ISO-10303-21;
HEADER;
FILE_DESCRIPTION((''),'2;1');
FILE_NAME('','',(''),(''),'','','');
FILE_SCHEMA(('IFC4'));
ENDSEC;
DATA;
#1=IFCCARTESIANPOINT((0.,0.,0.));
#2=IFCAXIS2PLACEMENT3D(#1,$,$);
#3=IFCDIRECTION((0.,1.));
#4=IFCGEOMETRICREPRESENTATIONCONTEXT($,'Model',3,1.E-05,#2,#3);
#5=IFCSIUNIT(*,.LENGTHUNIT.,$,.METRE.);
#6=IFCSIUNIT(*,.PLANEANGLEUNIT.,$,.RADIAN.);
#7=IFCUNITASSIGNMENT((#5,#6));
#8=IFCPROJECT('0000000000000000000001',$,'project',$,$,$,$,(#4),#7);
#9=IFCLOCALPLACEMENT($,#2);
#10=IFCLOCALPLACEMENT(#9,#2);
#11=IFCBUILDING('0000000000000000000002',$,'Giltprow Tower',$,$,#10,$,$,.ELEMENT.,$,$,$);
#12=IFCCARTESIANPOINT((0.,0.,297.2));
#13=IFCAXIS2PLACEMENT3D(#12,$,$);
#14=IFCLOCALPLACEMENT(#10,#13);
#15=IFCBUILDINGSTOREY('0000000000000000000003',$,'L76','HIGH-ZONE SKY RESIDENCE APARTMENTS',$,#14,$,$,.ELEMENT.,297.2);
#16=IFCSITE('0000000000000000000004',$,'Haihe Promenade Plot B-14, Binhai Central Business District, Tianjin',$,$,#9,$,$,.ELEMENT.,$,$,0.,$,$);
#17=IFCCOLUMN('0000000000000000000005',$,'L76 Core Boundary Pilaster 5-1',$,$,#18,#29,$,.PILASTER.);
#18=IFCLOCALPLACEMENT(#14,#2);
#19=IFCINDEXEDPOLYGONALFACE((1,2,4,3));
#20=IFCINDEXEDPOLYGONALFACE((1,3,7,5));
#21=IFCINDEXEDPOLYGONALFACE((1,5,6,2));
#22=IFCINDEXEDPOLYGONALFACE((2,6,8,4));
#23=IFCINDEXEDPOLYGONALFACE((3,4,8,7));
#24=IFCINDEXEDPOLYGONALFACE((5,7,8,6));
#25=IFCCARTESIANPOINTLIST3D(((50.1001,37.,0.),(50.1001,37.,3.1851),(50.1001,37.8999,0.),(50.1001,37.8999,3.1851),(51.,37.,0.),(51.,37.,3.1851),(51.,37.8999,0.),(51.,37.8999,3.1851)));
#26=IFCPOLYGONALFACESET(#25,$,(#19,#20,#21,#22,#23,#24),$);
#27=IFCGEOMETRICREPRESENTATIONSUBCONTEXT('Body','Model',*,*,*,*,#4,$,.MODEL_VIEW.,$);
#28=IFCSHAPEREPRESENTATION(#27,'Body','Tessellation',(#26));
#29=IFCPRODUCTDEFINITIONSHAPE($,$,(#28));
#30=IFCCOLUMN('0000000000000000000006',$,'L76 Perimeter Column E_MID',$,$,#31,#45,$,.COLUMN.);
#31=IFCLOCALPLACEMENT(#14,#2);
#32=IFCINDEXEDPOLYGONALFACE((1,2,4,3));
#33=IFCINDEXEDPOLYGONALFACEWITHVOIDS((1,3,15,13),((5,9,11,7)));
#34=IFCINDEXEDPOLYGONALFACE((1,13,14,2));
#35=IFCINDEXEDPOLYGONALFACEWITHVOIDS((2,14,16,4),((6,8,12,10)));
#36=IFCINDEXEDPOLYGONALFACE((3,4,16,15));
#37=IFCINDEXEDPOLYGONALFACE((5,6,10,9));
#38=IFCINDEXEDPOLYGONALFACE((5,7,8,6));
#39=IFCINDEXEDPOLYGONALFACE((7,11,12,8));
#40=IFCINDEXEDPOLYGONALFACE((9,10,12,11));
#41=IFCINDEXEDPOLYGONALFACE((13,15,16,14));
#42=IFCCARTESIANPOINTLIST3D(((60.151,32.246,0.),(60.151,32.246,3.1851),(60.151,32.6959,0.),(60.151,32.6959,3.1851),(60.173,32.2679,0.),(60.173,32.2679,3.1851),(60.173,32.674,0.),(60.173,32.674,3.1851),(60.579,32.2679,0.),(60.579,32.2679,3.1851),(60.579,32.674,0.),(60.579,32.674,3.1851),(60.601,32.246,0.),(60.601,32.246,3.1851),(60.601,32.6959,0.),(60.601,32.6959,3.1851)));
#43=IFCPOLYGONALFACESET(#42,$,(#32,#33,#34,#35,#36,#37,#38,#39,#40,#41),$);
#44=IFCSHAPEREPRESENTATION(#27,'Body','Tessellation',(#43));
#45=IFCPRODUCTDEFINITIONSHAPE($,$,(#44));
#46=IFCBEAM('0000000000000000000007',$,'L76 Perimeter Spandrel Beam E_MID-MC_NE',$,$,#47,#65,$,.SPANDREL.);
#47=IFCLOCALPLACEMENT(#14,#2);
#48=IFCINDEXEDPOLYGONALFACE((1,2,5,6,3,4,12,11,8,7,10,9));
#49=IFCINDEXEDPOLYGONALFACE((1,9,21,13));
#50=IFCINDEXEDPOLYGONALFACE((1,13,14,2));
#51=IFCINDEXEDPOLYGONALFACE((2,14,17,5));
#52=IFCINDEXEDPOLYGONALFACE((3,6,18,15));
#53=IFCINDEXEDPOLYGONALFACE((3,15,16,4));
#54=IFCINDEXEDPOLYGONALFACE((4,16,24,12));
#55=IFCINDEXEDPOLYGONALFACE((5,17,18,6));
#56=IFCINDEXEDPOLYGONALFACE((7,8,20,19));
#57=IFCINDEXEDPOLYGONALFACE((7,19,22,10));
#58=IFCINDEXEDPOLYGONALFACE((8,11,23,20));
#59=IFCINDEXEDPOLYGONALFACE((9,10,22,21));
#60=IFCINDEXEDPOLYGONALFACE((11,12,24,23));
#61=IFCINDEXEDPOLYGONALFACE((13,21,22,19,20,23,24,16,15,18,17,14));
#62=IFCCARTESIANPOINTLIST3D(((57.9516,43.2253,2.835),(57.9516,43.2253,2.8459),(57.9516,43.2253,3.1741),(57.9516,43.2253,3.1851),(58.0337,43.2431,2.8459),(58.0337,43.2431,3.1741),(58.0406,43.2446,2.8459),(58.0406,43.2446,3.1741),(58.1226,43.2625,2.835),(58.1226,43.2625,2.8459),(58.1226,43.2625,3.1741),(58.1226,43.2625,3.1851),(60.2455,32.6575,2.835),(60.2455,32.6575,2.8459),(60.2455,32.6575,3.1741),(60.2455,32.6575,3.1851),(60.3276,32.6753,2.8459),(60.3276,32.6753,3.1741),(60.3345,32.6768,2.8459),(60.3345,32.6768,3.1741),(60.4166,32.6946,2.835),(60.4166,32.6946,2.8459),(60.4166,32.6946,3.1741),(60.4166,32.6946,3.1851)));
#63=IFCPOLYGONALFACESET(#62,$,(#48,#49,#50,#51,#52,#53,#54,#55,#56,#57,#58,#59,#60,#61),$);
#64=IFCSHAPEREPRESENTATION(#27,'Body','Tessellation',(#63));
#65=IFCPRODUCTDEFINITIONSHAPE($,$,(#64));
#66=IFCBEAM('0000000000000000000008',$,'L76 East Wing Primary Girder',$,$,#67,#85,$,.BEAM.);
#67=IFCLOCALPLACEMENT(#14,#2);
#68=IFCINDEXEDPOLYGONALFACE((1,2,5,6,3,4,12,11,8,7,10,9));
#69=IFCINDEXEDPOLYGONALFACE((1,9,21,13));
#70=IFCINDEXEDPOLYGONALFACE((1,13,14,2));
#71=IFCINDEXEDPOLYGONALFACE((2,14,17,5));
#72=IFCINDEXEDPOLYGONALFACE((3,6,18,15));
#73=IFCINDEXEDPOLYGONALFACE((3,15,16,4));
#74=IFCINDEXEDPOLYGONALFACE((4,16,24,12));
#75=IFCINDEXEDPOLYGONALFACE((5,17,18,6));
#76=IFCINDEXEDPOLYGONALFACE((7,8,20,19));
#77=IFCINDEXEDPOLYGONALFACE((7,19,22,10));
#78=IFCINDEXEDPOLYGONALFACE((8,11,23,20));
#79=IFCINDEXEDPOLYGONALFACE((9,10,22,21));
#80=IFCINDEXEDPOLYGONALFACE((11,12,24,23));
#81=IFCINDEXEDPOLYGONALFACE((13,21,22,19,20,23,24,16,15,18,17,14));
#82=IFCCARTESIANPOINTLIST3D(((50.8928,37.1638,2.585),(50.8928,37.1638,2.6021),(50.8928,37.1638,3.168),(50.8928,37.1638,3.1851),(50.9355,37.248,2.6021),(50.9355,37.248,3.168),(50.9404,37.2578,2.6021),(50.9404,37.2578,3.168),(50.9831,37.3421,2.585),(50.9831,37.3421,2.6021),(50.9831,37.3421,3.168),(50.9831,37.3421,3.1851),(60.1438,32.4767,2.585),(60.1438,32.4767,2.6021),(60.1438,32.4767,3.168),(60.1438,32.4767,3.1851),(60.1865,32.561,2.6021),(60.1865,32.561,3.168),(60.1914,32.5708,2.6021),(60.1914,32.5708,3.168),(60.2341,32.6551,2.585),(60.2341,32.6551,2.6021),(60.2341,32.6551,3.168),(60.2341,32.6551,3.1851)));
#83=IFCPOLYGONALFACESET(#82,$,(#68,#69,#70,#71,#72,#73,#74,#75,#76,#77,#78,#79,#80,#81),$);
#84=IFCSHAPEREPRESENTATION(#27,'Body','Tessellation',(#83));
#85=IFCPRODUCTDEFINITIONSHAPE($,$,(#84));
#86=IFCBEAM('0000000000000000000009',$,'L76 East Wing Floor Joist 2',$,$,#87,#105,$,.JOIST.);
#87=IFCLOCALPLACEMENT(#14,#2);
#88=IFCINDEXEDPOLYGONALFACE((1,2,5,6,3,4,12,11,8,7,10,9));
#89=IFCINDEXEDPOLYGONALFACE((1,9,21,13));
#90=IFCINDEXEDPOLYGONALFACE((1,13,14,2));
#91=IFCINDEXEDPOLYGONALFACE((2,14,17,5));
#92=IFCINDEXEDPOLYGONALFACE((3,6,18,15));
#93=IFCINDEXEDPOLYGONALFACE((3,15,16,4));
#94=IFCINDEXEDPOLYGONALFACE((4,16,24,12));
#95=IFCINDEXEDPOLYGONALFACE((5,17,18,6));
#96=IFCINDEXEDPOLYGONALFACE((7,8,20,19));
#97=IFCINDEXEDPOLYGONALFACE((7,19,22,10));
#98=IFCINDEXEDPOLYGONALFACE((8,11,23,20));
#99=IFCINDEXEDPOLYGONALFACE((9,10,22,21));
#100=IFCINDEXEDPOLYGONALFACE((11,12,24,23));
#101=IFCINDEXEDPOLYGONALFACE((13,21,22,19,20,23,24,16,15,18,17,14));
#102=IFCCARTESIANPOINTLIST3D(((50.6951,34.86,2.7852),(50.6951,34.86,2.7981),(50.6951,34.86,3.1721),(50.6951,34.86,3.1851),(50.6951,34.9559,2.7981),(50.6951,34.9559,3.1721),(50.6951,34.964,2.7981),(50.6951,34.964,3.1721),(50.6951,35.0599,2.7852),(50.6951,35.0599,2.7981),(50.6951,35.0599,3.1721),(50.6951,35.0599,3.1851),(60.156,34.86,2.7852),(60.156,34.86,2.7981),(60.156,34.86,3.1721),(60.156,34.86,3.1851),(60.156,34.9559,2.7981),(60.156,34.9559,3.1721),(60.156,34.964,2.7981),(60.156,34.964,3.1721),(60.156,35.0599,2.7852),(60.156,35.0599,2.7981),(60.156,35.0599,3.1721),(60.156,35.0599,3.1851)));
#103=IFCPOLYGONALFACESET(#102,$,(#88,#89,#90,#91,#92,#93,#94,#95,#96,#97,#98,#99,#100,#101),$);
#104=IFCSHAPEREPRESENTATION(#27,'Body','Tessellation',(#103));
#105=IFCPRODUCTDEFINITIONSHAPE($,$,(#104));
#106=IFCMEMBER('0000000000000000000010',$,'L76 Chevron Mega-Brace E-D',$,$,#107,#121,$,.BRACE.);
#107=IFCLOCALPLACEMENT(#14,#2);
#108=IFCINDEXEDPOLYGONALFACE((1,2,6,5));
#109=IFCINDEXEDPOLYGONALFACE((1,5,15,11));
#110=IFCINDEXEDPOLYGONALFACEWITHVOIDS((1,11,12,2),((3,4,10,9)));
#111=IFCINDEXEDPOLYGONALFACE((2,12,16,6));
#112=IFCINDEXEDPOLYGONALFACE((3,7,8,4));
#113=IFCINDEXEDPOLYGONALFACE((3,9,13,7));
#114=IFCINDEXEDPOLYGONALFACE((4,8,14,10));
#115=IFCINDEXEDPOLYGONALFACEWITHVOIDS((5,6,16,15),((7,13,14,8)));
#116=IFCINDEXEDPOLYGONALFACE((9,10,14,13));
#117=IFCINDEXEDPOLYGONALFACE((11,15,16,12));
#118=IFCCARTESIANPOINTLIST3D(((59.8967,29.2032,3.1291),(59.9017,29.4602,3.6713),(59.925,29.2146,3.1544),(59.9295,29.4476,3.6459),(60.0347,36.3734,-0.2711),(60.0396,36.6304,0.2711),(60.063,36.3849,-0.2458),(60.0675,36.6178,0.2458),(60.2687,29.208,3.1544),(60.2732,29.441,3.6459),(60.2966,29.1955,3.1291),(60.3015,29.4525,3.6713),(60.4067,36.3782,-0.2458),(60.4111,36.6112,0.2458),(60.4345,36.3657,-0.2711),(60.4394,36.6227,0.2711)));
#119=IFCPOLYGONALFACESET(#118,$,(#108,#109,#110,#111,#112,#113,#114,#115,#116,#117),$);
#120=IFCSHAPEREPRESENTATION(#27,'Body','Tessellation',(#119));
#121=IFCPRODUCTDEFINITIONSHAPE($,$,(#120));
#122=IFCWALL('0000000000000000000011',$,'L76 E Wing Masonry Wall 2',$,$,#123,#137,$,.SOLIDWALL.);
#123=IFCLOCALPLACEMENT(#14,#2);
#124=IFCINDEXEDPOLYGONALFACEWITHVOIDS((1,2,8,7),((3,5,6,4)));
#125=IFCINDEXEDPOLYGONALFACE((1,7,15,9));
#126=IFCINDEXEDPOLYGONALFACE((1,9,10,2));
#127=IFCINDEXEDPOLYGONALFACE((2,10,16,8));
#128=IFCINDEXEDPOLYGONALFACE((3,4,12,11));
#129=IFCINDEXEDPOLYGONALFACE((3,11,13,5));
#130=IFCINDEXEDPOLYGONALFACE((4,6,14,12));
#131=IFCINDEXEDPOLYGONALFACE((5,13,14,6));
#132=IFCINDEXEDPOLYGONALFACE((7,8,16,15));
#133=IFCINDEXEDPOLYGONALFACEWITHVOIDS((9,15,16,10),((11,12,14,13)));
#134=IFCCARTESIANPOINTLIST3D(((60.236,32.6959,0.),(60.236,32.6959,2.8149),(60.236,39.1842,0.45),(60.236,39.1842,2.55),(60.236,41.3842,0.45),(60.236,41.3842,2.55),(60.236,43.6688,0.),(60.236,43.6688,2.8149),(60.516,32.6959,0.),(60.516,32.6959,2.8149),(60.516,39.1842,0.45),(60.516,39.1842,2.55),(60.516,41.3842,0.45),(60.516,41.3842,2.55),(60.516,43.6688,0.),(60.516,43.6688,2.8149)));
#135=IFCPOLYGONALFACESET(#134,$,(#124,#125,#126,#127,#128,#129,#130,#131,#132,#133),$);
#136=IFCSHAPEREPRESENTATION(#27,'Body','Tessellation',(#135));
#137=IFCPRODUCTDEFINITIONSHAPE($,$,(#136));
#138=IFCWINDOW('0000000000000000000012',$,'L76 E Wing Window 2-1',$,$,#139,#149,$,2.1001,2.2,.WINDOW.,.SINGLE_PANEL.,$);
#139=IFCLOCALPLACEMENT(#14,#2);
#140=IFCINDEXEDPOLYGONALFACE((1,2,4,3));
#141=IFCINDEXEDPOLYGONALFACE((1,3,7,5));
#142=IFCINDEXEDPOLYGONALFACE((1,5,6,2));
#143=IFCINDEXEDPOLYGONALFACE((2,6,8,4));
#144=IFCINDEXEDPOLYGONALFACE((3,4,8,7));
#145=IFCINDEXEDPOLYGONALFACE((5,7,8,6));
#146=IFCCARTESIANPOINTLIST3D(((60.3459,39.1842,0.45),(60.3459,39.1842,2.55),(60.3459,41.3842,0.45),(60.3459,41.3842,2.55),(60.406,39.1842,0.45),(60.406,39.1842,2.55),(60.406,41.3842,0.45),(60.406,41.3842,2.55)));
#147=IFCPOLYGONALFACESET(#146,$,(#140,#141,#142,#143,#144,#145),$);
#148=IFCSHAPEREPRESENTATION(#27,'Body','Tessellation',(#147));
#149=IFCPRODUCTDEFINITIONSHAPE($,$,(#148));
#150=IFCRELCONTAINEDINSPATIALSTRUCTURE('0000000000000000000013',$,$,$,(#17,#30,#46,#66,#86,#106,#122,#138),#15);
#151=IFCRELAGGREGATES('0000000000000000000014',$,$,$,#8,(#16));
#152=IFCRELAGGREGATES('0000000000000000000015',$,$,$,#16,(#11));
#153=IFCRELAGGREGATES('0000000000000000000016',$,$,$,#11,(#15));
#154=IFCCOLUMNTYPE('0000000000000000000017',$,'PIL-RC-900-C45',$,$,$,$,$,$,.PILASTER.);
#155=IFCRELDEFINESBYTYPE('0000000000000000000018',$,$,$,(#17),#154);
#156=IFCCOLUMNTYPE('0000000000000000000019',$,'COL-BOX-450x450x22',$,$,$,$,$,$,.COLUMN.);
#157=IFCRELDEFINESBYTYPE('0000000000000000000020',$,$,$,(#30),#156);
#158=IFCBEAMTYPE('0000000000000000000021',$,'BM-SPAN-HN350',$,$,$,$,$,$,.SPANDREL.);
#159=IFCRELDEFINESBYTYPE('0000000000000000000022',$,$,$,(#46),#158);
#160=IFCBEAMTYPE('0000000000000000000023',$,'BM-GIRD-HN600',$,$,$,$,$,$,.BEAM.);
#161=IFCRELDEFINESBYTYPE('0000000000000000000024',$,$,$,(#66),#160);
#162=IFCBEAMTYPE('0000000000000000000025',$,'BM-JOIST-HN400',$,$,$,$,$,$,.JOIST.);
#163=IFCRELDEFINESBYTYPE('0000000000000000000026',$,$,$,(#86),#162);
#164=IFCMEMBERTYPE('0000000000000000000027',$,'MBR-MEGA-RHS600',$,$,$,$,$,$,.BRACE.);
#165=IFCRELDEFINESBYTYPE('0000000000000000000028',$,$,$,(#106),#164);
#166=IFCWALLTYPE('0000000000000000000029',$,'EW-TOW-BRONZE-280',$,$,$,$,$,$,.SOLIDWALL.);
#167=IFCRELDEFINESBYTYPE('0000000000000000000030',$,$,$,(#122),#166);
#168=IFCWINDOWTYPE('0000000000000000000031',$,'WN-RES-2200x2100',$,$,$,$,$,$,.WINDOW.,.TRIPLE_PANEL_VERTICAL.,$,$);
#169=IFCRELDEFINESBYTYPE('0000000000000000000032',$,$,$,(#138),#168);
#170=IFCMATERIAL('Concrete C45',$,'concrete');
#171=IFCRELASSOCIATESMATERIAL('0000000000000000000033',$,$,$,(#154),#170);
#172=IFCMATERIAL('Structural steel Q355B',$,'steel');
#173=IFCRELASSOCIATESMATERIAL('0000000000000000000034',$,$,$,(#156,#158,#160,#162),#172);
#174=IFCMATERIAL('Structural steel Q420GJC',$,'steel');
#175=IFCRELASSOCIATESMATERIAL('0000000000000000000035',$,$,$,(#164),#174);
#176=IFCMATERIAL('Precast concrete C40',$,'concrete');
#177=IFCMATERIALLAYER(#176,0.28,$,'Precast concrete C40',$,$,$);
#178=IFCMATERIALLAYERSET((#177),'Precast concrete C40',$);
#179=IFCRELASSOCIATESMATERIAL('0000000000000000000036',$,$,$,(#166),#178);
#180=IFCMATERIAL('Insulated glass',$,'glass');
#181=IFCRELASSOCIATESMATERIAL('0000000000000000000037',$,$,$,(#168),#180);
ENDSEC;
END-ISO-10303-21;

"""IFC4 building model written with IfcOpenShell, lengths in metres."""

from ifc_helpers import new_model, si_unit, direction, frame, frame_2d, origin, origin_2d, place, context, subcontext, project, spatial, rectangle, hollow_rectangle, i_section, extrude, source, transform, mapped, material, layer, layer_set, material_profile, profile_set, type_object, element, fill, save


model = new_model("IFC4")

# Units and contexts
model_context = context("Model", 3, precision=1e-05, world=origin(), true_north=direction((0.0, 1.0)))
body_context = subcontext(model_context, "Body", "Model", "MODEL_VIEW")
ifc_project = project(units=[si_unit("LENGTHUNIT", "METRE"), si_unit("PLANEANGLEUNIT", "RADIAN")], contexts=[model_context])

# Site, building, storey
site_placement = place(None, origin())
site = spatial("IfcSite", under=ifc_project, at=site_placement, Name="Haihe Promenade Plot B-14, Binhai Central Business District, Tianjin", CompositionType="ELEMENT", RefElevation=0.0)
building_placement = place(site_placement, origin())
building = spatial("IfcBuilding", under=site, at=building_placement, Name="Giltprow Tower", CompositionType="ELEMENT")
storey_placement = place(building_placement, frame((0.0, 0.0, 297.2)))
storey = spatial("IfcBuildingStorey", under=building, at=storey_placement, Name="L76", Description="HIGH-ZONE SKY RESIDENCE APARTMENTS", CompositionType="ELEMENT", Elevation=297.2)

# Columns
ifc_material_1 = material(Name="Concrete C45", Category="concrete")
ifc_material_profile_1 = material_profile(ifc_material_1, rectangle(XDim=0.8999, YDim=0.8999, at=origin_2d()), Name="RC 900x900")
ifc_profile_set_1 = profile_set([ifc_material_profile_1], Name="Concrete C45")
column_type_1 = type_object("IfcColumnType", Name="PIL-RC-900-C45", PredefinedType="PILASTER", material=ifc_profile_set_1)
shared_shape_1 = source(origin(), body_context, "Body", "SweptSolid", [
    extrude(rectangle(XDim=0.8999, YDim=0.8999, at=origin_2d()), origin(), (0.0, 0.0, 1.0), 3.1851),
])
column_1_placement = place(storey_placement, frame((50.55, 37.45, 0.0), z_axis=(0.0, 0.0, 1.0), x_axis=(1.0, 0.0, 0.0)))
element("IfcColumn", 1, at=column_1_placement, inside=storey, type_object=column_type_1, Name="L76 Core Boundary Pilaster 5-1", PredefinedType="PILASTER", context=body_context, shape_type="MappedRepresentation", body=[
    mapped(shared_shape_1, transform((0.0, 0.0, 0.0), x_axis=(1.0, 0.0, 0.0), y_axis=(0.0, 1.0, 0.0), z_axis=(0.0, 0.0, 1.0), scale=1.0)),
])
ifc_material_2 = material(Name="Structural steel Q355B", Category="steel")
ifc_material_profile_2 = material_profile(ifc_material_2, hollow_rectangle(XDim=0.45, YDim=0.45, WallThickness=0.022, at=origin_2d()), Name="BOX 450x450x22")
ifc_profile_set_2 = profile_set([ifc_material_profile_2], Name="Structural steel Q355B")
column_type_2 = type_object("IfcColumnType", Name="COL-BOX-450x450x22", PredefinedType="COLUMN", material=ifc_profile_set_2)
shared_shape_2 = source(origin(), body_context, "Body", "SweptSolid", [
    extrude(hollow_rectangle(XDim=0.45, YDim=0.45, WallThickness=0.022, at=origin_2d()), origin(), (0.0, 0.0, 1.0), 3.1851),
])
column_2_placement = place(storey_placement, frame((60.376, 32.4709, 0.0), z_axis=(0.0, 0.0, 1.0), x_axis=(1.0, 0.0, 0.0)))
element("IfcColumn", 2, at=column_2_placement, inside=storey, type_object=column_type_2, Name="L76 Perimeter Column E_MID", PredefinedType="COLUMN", context=body_context, shape_type="MappedRepresentation", body=[
    mapped(shared_shape_2, transform((0.0, 0.0, 0.0), x_axis=(1.0, 0.0, 0.0), y_axis=(0.0, 1.0, 0.0), z_axis=(0.0, 0.0, 1.0), scale=1.0)),
])

# Beams
ifc_material_profile_3 = material_profile(ifc_material_2, i_section(OverallWidth=0.175, OverallDepth=0.3501, WebThickness=0.0071, FlangeThickness=0.011, at=origin_2d()), Name="HN 350x175x7x11")
ifc_profile_set_3 = profile_set([ifc_material_profile_3], Name="Structural steel Q355B")
beam_type_1 = type_object("IfcBeamType", Name="BM-SPAN-HN350", PredefinedType="SPANDREL", material=ifc_profile_set_3)
shared_shape_3 = source(origin(), body_context, "Body", "SweptSolid", [
    extrude(i_section(OverallWidth=0.175, OverallDepth=0.3501, WebThickness=0.0071, FlangeThickness=0.011, at=origin_2d()), origin(), (0.0, 0.0, 1.0), 10.814),
])
beam_1_placement = place(storey_placement, frame((60.3311, 32.676, 3.01), z_axis=(-0.212128, 0.977242, 0.0), x_axis=(-0.977242, -0.212128, 0.0)))
element("IfcBeam", 3, at=beam_1_placement, inside=storey, type_object=beam_type_1, Name="L76 Perimeter Spandrel Beam E_MID-MC_NE", PredefinedType="SPANDREL", context=body_context, shape_type="MappedRepresentation", body=[
    mapped(shared_shape_3, transform((0.0, 0.0, 0.0), x_axis=(1.0, 0.0, 0.0), y_axis=(0.0, 1.0, 0.0), z_axis=(0.0, 0.0, 1.0), scale=1.0)),
])
ifc_material_profile_4 = material_profile(ifc_material_2, i_section(OverallWidth=0.2, OverallDepth=0.6001, WebThickness=0.011, FlangeThickness=0.0171, at=origin_2d()), Name="HN 600x200x11x17")
ifc_profile_set_4 = profile_set([ifc_material_profile_4], Name="Structural steel Q355B")
beam_type_2 = type_object("IfcBeamType", Name="BM-GIRD-HN600", PredefinedType="BEAM", material=ifc_profile_set_4)
shared_shape_4 = source(origin(), body_context, "Body", "SweptSolid", [
    extrude(i_section(OverallWidth=0.2, OverallDepth=0.6001, WebThickness=0.011, FlangeThickness=0.0171, at=origin_2d()), origin(), (0.0, 0.0, 1.0), 10.3706),
])
beam_2_placement = place(storey_placement, frame((60.189, 32.5659, 2.885), z_axis=(-0.892042, 0.451953, 0.0), x_axis=(-0.451953, -0.892042, 0.0)))
element("IfcBeam", 4, at=beam_2_placement, inside=storey, type_object=beam_type_2, Name="L76 East Wing Primary Girder", PredefinedType="BEAM", context=body_context, shape_type="MappedRepresentation", body=[
    mapped(shared_shape_4, transform((0.0, 0.0, 0.0), x_axis=(1.0, 0.0, 0.0), y_axis=(0.0, 1.0, 0.0), z_axis=(0.0, 0.0, 1.0), scale=1.0)),
])
ifc_material_profile_5 = material_profile(ifc_material_2, i_section(OverallWidth=0.2, OverallDepth=0.3999, WebThickness=0.0081, FlangeThickness=0.0129, at=origin_2d()), Name="HN 400x200x8x13")
ifc_profile_set_5 = profile_set([ifc_material_profile_5], Name="Structural steel Q355B")
beam_type_3 = type_object("IfcBeamType", Name="BM-JOIST-HN400", PredefinedType="JOIST", material=ifc_profile_set_5)
shared_shape_5 = source(origin(), body_context, "Body", "SweptSolid", [
    extrude(i_section(OverallWidth=0.2, OverallDepth=0.3999, WebThickness=0.0081, FlangeThickness=0.0129, at=origin_2d()), origin(), (0.0, 0.0, 1.0), 9.4609),
])
beam_3_placement = place(storey_placement, frame((50.6951, 34.96, 2.9851), z_axis=(1.0, 0.0, 0.0), x_axis=(0.0, 1.0, 0.0)))
element("IfcBeam", 5, at=beam_3_placement, inside=storey, type_object=beam_type_3, Name="L76 East Wing Floor Joist 2", PredefinedType="JOIST", context=body_context, shape_type="MappedRepresentation", body=[
    mapped(shared_shape_5, transform((0.0, 0.0, 0.0), x_axis=(1.0, 0.0, 0.0), y_axis=(0.0, 1.0, 0.0), z_axis=(0.0, 0.0, 1.0), scale=1.0)),
])

# Member
ifc_material_3 = material(Name="Structural steel Q420GJC", Category="steel")
ifc_material_profile_6 = material_profile(ifc_material_3, hollow_rectangle(XDim=0.3999, YDim=0.6001, WallThickness=0.0281, at=origin_2d()), Name="RHS 600x400x28")
ifc_profile_set_6 = profile_set([ifc_material_profile_6], Name="Structural steel Q420GJC")
member_type = type_object("IfcMemberType", Name="MBR-MEGA-RHS600", PredefinedType="BRACE", material=ifc_profile_set_6)
shared_shape_6 = source(origin(), body_context, "Body", "SweptSolid", [
    extrude(hollow_rectangle(XDim=0.3999, YDim=0.6001, WallThickness=0.0281, at=origin_2d()), origin(), (0.0, 0.0, 1.0), 7.9368),
])
member_placement = place(storey_placement, frame((60.2371, 36.498, 0.0), z_axis=(-0.01738, -0.903418, 0.428408), x_axis=(0.999815, -0.019234, 0.0)))
element("IfcMember", 6, at=member_placement, inside=storey, type_object=member_type, Name="L76 Chevron Mega-Brace E-D", PredefinedType="BRACE", context=body_context, shape_type="MappedRepresentation", body=[
    mapped(shared_shape_6, transform((0.0, 0.0, 0.0), x_axis=(1.0, 0.0, 0.0), y_axis=(0.0, 1.0, 0.0), z_axis=(0.0, 0.0, 1.0), scale=1.0)),
])

# Wall, opening, window
ifc_material_4 = material(Name="Precast concrete C40", Category="concrete")
ifc_layer_1 = layer(ifc_material_4, 0.28, Name="Precast concrete C40")
ifc_layer_set_1 = layer_set([ifc_layer_1], Name="Precast concrete C40")
wall_type_1 = type_object("IfcWallType", Name="EW-TOW-BRONZE-280", PredefinedType="SOLIDWALL", material=ifc_layer_set_1)
wall_1_placement = place(storey_placement, frame((60.376, 32.696, 0.0), z_axis=(0.0, 0.0, 1.0), x_axis=(0.0, 1.0, 0.0)))
wall_1 = element("IfcWall", 7, at=wall_1_placement, inside=storey, type_object=wall_type_1, Name="L76 E Wing Masonry Wall 2", PredefinedType="SOLIDWALL", context=body_context, shape_type="SweptSolid", body=[
    extrude(rectangle(XDim=10.9729, YDim=0.28, at=frame_2d((5.4863, 0.0))), origin(), (0.0, 0.0, 1.0), 2.8149),
])
opening_1_placement = place(wall_1_placement, frame((6.488, 0.0, 0.45)))
opening_1 = element("IfcOpeningElement", 8, at=opening_1_placement, cuts=wall_1, PredefinedType="OPENING", context=body_context, shape_type="SweptSolid", body=[
    extrude(rectangle(XDim=2.2, YDim=2.1001, at=frame_2d((1.1001, 1.05))), frame((0.0, 0.1499, 0.0), z_axis=(0.0, -1.0, 0.0), x_axis=(1.0, 0.0, 0.0)), (0.0, 0.0, 1.0), 0.3),
])
ifc_material_5 = material(Name="Insulated glass", Category="glass")
window_type = type_object("IfcWindowType", Name="WN-RES-2200x2100", PartitioningType="TRIPLE_PANEL_VERTICAL", PredefinedType="WINDOW", material=ifc_material_5)
shared_shape_7 = source(origin(), body_context, "Body", "SweptSolid", [
    extrude(rectangle(XDim=2.2, YDim=2.1001, at=frame_2d((1.1001, 1.05))), frame((0.0, 0.03, 0.0), z_axis=(0.0, -1.0, 0.0), x_axis=(1.0, 0.0, 0.0)), (0.0, 0.0, 1.0), 0.0601),
])
window_placement = place(opening_1_placement, origin())
window = element("IfcWindow", 9, at=window_placement, inside=storey, type_object=window_type, Name="L76 E Wing Window 2-1", OverallHeight=2.1001, OverallWidth=2.2, PartitioningType="SINGLE_PANEL", PredefinedType="WINDOW", context=body_context, shape_type="MappedRepresentation", body=[
    mapped(shared_shape_7, transform((0.0, 0.0, 0.0), x_axis=(1.0, 0.0, 0.0), y_axis=(0.0, 1.0, 0.0), z_axis=(0.0, 0.0, 1.0), scale=1.0)),
])
fill(opening_1, window)

save(model, "model.ifc")
